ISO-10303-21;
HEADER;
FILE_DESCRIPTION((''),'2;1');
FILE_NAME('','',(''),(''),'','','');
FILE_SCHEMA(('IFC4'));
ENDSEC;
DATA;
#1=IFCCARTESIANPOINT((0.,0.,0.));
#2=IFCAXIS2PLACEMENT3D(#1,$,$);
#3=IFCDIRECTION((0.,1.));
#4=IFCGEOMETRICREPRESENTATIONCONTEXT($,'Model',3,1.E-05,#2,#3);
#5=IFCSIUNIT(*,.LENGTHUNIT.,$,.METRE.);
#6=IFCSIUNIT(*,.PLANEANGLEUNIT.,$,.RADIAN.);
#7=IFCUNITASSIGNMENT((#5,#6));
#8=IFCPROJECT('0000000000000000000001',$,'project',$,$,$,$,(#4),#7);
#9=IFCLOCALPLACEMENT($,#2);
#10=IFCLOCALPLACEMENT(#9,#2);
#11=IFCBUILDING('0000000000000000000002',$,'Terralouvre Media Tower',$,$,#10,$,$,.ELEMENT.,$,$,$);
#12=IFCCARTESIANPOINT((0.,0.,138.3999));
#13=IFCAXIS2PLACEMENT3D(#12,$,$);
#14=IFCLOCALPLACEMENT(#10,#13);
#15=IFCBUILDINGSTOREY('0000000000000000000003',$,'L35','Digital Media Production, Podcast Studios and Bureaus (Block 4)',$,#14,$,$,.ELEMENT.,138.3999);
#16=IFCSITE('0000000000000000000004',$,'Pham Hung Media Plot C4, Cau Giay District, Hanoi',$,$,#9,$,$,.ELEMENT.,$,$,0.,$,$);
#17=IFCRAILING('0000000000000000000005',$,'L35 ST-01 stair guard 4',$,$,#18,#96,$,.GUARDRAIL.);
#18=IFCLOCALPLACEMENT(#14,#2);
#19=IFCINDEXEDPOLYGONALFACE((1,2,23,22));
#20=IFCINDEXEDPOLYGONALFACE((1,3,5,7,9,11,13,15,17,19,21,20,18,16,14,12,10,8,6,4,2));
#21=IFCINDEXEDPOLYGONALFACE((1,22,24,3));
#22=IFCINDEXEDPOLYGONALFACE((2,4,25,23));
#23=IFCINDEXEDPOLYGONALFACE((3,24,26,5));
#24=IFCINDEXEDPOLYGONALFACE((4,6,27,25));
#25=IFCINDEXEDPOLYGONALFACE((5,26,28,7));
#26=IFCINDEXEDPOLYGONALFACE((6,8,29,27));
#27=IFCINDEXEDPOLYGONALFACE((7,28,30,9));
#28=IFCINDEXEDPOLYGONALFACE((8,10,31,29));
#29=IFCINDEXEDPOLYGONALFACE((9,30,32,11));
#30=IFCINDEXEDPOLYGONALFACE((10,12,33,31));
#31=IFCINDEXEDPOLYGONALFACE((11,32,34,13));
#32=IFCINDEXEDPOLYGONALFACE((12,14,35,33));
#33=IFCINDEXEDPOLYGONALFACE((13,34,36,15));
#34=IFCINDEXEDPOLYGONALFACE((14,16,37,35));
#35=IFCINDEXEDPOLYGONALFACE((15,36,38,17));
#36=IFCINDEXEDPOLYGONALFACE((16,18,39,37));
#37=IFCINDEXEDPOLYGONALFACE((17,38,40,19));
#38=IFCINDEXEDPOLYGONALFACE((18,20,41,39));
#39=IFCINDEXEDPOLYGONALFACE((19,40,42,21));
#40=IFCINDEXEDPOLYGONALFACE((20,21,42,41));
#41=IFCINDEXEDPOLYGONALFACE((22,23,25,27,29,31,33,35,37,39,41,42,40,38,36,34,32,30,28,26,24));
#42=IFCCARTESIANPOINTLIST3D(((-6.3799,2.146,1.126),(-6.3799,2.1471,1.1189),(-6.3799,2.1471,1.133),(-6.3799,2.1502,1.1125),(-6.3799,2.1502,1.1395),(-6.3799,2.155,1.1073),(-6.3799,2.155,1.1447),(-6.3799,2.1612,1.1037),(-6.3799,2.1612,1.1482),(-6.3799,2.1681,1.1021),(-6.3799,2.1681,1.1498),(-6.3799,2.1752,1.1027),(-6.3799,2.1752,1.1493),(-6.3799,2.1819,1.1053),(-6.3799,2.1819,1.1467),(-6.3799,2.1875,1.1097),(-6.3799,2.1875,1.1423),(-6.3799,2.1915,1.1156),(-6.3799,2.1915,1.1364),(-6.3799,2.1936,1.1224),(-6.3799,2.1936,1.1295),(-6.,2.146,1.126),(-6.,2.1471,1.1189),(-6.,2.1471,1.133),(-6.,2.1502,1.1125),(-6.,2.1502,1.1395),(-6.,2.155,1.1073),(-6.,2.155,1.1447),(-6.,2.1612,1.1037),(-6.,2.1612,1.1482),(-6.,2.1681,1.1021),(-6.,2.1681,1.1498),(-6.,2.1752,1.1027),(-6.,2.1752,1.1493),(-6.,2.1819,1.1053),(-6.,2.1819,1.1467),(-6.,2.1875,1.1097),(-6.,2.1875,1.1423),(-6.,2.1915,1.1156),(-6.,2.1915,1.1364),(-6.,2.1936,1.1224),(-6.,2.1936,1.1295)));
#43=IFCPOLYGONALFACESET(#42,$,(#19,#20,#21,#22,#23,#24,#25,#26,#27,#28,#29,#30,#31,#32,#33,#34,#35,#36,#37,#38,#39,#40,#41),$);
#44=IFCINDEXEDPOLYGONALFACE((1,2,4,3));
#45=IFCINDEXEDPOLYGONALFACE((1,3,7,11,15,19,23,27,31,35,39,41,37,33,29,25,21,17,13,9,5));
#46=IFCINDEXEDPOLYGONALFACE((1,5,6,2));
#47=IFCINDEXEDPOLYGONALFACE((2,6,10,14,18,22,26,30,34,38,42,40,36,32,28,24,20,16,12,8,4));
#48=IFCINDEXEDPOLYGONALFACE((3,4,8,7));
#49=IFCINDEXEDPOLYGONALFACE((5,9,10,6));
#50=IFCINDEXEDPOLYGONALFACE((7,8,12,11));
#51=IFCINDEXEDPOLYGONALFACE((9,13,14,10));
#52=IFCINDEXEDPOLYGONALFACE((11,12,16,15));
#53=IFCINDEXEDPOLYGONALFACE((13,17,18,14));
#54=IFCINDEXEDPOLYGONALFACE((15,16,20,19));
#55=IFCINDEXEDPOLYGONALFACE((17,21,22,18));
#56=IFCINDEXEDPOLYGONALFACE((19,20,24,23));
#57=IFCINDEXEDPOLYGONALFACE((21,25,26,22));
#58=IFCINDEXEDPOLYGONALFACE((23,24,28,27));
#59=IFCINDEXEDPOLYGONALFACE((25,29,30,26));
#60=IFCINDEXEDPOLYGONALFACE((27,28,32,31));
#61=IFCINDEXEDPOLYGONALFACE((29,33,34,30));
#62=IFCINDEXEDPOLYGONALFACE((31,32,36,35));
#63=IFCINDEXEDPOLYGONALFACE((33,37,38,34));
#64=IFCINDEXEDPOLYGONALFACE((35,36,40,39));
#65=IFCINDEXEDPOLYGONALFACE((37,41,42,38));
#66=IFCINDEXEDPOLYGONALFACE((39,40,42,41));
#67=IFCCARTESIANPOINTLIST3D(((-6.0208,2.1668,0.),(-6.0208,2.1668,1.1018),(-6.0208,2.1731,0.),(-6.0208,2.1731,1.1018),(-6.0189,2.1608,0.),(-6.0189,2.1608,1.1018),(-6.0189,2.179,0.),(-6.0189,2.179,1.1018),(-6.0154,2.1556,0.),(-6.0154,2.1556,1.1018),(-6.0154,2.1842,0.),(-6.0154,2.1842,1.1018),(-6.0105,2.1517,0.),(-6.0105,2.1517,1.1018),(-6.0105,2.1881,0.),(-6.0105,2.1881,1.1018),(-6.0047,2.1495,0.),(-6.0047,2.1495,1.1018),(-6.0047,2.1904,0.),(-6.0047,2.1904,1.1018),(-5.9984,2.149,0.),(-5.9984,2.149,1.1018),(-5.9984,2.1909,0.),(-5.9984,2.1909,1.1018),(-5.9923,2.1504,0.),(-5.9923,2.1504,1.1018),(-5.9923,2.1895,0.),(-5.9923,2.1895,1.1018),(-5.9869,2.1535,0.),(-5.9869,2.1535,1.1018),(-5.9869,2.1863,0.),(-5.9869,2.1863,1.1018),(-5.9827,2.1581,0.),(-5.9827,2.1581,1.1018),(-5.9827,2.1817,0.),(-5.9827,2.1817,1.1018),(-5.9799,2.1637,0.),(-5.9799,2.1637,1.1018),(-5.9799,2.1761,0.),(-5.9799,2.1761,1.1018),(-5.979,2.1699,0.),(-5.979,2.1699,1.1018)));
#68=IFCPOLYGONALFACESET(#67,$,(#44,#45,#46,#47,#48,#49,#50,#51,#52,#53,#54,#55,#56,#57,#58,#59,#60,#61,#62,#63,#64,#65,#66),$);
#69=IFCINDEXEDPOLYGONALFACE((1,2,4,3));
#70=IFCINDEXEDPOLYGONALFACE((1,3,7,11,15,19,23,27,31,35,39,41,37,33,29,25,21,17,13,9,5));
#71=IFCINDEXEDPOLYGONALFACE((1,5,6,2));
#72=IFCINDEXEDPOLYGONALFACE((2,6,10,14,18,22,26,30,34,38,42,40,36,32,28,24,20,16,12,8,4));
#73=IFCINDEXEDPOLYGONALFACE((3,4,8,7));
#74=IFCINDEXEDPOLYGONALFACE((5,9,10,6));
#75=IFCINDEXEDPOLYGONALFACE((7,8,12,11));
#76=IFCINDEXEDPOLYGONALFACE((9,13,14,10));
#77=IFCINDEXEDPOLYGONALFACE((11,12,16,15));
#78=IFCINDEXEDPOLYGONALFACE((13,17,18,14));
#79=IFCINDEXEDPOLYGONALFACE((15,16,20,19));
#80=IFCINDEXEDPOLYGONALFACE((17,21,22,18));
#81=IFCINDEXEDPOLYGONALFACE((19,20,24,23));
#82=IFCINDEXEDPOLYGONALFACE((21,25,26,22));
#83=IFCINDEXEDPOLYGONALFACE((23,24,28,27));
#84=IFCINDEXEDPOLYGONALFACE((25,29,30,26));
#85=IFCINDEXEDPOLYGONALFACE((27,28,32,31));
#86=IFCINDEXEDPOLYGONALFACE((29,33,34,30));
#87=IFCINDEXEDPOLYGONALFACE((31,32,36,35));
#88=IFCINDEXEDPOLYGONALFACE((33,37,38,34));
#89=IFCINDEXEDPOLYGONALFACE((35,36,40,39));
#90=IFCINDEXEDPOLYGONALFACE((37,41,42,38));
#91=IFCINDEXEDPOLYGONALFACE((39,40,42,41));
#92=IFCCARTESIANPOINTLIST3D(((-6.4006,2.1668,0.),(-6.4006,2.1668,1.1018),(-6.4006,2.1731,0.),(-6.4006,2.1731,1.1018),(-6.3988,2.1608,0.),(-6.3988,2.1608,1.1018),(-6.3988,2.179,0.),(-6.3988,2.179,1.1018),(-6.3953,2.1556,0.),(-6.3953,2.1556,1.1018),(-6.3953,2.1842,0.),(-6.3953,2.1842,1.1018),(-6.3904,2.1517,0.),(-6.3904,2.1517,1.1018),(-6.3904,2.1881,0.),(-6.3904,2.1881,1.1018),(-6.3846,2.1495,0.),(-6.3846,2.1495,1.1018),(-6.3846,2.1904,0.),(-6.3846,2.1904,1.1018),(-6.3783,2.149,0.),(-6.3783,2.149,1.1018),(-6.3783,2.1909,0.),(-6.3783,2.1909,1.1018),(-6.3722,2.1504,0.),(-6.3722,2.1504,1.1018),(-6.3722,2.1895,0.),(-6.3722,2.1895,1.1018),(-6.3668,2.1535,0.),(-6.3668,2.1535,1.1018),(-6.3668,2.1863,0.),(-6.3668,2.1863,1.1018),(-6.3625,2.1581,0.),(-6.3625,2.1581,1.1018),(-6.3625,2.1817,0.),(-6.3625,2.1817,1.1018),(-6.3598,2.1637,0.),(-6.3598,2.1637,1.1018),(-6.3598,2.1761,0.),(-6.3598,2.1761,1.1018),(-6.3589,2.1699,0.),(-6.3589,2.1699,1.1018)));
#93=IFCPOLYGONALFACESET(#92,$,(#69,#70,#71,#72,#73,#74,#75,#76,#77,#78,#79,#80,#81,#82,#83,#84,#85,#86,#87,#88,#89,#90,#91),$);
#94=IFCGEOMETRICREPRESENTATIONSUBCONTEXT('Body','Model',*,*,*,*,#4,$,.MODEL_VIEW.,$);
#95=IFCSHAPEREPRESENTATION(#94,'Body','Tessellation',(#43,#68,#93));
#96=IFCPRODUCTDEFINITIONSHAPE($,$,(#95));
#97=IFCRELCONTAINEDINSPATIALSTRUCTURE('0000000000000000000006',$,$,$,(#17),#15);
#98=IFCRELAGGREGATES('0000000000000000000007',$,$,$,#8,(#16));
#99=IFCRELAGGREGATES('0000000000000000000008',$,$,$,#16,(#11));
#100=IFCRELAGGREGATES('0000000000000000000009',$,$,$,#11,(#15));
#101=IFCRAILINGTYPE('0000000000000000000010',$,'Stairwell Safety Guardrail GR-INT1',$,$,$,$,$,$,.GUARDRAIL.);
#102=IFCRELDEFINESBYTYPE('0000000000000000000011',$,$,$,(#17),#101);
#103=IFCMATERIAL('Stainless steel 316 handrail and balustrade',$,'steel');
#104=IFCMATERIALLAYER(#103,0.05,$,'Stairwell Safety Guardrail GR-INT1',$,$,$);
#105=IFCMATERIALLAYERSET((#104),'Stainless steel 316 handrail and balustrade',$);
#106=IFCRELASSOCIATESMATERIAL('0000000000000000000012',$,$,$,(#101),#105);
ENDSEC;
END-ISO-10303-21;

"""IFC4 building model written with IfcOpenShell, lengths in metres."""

from ifc_helpers import new_model, si_unit, direction, frame, origin, origin_2d, place, context, subcontext, project, spatial, circle, extrude, material, layer, layer_set, type_object, element, save


model = new_model("IFC4")

# Units and contexts
model_context = context("Model", 3, precision=1e-05, world=origin(), true_north=direction((0.0, 1.0)))
body_context = subcontext(model_context, "Body", "Model", "MODEL_VIEW")
ifc_project = project(units=[si_unit("LENGTHUNIT", "METRE"), si_unit("PLANEANGLEUNIT", "RADIAN")], contexts=[model_context])

# Site, building, storey
site_placement = place(None, origin())
site = spatial("IfcSite", under=ifc_project, at=site_placement, Name="Pham Hung Media Plot C4, Cau Giay District, Hanoi", CompositionType="ELEMENT", RefElevation=0.0)
building_placement = place(site_placement, origin())
building = spatial("IfcBuilding", under=site, at=building_placement, Name="Terralouvre Media Tower", CompositionType="ELEMENT")
storey_placement = place(building_placement, frame((0.0, 0.0, 138.3999)))
storey = spatial("IfcBuildingStorey", under=building, at=storey_placement, Name="L35", Description="Digital Media Production, Podcast Studios and Bureaus (Block 4)", CompositionType="ELEMENT", Elevation=138.3999)

# Railing
ifc_material_1 = material(Name="Stainless steel 316 handrail and balustrade", Category="steel")
ifc_layer_1 = layer(ifc_material_1, 0.05, Name="Stairwell Safety Guardrail GR-INT1")
ifc_layer_set_1 = layer_set([ifc_layer_1], Name="Stainless steel 316 handrail and balustrade")
railing_type_1 = type_object("IfcRailingType", Name="Stairwell Safety Guardrail GR-INT1", PredefinedType="GUARDRAIL", material=ifc_layer_set_1)
railing_1_placement = place(storey_placement, frame((-6.0, 2.1699, 0.0)))
element("IfcRailing", 1, at=railing_1_placement, inside=storey, type_object=railing_type_1, Name="L35 ST-01 stair guard 4", PredefinedType="GUARDRAIL", context=body_context, shape_type="SweptSolid", body=[
    extrude(circle(Radius=0.0239, at=origin_2d()), frame((0.0, 0.0, 1.126), z_axis=(-1.0, 0.0, 0.0), x_axis=(0.0, -1.0, 0.0)), (0.0, 0.0, 1.0), 0.3799),
    extrude(circle(Radius=0.021, at=origin_2d()), origin(), (0.0, 0.0, 1.0), 1.1018),
    extrude(circle(Radius=0.021, at=origin_2d()), frame((-0.3799, 0.0, 0.0)), (0.0, 0.0, 1.0), 1.1018),
])

save(model, "model.ifc")
